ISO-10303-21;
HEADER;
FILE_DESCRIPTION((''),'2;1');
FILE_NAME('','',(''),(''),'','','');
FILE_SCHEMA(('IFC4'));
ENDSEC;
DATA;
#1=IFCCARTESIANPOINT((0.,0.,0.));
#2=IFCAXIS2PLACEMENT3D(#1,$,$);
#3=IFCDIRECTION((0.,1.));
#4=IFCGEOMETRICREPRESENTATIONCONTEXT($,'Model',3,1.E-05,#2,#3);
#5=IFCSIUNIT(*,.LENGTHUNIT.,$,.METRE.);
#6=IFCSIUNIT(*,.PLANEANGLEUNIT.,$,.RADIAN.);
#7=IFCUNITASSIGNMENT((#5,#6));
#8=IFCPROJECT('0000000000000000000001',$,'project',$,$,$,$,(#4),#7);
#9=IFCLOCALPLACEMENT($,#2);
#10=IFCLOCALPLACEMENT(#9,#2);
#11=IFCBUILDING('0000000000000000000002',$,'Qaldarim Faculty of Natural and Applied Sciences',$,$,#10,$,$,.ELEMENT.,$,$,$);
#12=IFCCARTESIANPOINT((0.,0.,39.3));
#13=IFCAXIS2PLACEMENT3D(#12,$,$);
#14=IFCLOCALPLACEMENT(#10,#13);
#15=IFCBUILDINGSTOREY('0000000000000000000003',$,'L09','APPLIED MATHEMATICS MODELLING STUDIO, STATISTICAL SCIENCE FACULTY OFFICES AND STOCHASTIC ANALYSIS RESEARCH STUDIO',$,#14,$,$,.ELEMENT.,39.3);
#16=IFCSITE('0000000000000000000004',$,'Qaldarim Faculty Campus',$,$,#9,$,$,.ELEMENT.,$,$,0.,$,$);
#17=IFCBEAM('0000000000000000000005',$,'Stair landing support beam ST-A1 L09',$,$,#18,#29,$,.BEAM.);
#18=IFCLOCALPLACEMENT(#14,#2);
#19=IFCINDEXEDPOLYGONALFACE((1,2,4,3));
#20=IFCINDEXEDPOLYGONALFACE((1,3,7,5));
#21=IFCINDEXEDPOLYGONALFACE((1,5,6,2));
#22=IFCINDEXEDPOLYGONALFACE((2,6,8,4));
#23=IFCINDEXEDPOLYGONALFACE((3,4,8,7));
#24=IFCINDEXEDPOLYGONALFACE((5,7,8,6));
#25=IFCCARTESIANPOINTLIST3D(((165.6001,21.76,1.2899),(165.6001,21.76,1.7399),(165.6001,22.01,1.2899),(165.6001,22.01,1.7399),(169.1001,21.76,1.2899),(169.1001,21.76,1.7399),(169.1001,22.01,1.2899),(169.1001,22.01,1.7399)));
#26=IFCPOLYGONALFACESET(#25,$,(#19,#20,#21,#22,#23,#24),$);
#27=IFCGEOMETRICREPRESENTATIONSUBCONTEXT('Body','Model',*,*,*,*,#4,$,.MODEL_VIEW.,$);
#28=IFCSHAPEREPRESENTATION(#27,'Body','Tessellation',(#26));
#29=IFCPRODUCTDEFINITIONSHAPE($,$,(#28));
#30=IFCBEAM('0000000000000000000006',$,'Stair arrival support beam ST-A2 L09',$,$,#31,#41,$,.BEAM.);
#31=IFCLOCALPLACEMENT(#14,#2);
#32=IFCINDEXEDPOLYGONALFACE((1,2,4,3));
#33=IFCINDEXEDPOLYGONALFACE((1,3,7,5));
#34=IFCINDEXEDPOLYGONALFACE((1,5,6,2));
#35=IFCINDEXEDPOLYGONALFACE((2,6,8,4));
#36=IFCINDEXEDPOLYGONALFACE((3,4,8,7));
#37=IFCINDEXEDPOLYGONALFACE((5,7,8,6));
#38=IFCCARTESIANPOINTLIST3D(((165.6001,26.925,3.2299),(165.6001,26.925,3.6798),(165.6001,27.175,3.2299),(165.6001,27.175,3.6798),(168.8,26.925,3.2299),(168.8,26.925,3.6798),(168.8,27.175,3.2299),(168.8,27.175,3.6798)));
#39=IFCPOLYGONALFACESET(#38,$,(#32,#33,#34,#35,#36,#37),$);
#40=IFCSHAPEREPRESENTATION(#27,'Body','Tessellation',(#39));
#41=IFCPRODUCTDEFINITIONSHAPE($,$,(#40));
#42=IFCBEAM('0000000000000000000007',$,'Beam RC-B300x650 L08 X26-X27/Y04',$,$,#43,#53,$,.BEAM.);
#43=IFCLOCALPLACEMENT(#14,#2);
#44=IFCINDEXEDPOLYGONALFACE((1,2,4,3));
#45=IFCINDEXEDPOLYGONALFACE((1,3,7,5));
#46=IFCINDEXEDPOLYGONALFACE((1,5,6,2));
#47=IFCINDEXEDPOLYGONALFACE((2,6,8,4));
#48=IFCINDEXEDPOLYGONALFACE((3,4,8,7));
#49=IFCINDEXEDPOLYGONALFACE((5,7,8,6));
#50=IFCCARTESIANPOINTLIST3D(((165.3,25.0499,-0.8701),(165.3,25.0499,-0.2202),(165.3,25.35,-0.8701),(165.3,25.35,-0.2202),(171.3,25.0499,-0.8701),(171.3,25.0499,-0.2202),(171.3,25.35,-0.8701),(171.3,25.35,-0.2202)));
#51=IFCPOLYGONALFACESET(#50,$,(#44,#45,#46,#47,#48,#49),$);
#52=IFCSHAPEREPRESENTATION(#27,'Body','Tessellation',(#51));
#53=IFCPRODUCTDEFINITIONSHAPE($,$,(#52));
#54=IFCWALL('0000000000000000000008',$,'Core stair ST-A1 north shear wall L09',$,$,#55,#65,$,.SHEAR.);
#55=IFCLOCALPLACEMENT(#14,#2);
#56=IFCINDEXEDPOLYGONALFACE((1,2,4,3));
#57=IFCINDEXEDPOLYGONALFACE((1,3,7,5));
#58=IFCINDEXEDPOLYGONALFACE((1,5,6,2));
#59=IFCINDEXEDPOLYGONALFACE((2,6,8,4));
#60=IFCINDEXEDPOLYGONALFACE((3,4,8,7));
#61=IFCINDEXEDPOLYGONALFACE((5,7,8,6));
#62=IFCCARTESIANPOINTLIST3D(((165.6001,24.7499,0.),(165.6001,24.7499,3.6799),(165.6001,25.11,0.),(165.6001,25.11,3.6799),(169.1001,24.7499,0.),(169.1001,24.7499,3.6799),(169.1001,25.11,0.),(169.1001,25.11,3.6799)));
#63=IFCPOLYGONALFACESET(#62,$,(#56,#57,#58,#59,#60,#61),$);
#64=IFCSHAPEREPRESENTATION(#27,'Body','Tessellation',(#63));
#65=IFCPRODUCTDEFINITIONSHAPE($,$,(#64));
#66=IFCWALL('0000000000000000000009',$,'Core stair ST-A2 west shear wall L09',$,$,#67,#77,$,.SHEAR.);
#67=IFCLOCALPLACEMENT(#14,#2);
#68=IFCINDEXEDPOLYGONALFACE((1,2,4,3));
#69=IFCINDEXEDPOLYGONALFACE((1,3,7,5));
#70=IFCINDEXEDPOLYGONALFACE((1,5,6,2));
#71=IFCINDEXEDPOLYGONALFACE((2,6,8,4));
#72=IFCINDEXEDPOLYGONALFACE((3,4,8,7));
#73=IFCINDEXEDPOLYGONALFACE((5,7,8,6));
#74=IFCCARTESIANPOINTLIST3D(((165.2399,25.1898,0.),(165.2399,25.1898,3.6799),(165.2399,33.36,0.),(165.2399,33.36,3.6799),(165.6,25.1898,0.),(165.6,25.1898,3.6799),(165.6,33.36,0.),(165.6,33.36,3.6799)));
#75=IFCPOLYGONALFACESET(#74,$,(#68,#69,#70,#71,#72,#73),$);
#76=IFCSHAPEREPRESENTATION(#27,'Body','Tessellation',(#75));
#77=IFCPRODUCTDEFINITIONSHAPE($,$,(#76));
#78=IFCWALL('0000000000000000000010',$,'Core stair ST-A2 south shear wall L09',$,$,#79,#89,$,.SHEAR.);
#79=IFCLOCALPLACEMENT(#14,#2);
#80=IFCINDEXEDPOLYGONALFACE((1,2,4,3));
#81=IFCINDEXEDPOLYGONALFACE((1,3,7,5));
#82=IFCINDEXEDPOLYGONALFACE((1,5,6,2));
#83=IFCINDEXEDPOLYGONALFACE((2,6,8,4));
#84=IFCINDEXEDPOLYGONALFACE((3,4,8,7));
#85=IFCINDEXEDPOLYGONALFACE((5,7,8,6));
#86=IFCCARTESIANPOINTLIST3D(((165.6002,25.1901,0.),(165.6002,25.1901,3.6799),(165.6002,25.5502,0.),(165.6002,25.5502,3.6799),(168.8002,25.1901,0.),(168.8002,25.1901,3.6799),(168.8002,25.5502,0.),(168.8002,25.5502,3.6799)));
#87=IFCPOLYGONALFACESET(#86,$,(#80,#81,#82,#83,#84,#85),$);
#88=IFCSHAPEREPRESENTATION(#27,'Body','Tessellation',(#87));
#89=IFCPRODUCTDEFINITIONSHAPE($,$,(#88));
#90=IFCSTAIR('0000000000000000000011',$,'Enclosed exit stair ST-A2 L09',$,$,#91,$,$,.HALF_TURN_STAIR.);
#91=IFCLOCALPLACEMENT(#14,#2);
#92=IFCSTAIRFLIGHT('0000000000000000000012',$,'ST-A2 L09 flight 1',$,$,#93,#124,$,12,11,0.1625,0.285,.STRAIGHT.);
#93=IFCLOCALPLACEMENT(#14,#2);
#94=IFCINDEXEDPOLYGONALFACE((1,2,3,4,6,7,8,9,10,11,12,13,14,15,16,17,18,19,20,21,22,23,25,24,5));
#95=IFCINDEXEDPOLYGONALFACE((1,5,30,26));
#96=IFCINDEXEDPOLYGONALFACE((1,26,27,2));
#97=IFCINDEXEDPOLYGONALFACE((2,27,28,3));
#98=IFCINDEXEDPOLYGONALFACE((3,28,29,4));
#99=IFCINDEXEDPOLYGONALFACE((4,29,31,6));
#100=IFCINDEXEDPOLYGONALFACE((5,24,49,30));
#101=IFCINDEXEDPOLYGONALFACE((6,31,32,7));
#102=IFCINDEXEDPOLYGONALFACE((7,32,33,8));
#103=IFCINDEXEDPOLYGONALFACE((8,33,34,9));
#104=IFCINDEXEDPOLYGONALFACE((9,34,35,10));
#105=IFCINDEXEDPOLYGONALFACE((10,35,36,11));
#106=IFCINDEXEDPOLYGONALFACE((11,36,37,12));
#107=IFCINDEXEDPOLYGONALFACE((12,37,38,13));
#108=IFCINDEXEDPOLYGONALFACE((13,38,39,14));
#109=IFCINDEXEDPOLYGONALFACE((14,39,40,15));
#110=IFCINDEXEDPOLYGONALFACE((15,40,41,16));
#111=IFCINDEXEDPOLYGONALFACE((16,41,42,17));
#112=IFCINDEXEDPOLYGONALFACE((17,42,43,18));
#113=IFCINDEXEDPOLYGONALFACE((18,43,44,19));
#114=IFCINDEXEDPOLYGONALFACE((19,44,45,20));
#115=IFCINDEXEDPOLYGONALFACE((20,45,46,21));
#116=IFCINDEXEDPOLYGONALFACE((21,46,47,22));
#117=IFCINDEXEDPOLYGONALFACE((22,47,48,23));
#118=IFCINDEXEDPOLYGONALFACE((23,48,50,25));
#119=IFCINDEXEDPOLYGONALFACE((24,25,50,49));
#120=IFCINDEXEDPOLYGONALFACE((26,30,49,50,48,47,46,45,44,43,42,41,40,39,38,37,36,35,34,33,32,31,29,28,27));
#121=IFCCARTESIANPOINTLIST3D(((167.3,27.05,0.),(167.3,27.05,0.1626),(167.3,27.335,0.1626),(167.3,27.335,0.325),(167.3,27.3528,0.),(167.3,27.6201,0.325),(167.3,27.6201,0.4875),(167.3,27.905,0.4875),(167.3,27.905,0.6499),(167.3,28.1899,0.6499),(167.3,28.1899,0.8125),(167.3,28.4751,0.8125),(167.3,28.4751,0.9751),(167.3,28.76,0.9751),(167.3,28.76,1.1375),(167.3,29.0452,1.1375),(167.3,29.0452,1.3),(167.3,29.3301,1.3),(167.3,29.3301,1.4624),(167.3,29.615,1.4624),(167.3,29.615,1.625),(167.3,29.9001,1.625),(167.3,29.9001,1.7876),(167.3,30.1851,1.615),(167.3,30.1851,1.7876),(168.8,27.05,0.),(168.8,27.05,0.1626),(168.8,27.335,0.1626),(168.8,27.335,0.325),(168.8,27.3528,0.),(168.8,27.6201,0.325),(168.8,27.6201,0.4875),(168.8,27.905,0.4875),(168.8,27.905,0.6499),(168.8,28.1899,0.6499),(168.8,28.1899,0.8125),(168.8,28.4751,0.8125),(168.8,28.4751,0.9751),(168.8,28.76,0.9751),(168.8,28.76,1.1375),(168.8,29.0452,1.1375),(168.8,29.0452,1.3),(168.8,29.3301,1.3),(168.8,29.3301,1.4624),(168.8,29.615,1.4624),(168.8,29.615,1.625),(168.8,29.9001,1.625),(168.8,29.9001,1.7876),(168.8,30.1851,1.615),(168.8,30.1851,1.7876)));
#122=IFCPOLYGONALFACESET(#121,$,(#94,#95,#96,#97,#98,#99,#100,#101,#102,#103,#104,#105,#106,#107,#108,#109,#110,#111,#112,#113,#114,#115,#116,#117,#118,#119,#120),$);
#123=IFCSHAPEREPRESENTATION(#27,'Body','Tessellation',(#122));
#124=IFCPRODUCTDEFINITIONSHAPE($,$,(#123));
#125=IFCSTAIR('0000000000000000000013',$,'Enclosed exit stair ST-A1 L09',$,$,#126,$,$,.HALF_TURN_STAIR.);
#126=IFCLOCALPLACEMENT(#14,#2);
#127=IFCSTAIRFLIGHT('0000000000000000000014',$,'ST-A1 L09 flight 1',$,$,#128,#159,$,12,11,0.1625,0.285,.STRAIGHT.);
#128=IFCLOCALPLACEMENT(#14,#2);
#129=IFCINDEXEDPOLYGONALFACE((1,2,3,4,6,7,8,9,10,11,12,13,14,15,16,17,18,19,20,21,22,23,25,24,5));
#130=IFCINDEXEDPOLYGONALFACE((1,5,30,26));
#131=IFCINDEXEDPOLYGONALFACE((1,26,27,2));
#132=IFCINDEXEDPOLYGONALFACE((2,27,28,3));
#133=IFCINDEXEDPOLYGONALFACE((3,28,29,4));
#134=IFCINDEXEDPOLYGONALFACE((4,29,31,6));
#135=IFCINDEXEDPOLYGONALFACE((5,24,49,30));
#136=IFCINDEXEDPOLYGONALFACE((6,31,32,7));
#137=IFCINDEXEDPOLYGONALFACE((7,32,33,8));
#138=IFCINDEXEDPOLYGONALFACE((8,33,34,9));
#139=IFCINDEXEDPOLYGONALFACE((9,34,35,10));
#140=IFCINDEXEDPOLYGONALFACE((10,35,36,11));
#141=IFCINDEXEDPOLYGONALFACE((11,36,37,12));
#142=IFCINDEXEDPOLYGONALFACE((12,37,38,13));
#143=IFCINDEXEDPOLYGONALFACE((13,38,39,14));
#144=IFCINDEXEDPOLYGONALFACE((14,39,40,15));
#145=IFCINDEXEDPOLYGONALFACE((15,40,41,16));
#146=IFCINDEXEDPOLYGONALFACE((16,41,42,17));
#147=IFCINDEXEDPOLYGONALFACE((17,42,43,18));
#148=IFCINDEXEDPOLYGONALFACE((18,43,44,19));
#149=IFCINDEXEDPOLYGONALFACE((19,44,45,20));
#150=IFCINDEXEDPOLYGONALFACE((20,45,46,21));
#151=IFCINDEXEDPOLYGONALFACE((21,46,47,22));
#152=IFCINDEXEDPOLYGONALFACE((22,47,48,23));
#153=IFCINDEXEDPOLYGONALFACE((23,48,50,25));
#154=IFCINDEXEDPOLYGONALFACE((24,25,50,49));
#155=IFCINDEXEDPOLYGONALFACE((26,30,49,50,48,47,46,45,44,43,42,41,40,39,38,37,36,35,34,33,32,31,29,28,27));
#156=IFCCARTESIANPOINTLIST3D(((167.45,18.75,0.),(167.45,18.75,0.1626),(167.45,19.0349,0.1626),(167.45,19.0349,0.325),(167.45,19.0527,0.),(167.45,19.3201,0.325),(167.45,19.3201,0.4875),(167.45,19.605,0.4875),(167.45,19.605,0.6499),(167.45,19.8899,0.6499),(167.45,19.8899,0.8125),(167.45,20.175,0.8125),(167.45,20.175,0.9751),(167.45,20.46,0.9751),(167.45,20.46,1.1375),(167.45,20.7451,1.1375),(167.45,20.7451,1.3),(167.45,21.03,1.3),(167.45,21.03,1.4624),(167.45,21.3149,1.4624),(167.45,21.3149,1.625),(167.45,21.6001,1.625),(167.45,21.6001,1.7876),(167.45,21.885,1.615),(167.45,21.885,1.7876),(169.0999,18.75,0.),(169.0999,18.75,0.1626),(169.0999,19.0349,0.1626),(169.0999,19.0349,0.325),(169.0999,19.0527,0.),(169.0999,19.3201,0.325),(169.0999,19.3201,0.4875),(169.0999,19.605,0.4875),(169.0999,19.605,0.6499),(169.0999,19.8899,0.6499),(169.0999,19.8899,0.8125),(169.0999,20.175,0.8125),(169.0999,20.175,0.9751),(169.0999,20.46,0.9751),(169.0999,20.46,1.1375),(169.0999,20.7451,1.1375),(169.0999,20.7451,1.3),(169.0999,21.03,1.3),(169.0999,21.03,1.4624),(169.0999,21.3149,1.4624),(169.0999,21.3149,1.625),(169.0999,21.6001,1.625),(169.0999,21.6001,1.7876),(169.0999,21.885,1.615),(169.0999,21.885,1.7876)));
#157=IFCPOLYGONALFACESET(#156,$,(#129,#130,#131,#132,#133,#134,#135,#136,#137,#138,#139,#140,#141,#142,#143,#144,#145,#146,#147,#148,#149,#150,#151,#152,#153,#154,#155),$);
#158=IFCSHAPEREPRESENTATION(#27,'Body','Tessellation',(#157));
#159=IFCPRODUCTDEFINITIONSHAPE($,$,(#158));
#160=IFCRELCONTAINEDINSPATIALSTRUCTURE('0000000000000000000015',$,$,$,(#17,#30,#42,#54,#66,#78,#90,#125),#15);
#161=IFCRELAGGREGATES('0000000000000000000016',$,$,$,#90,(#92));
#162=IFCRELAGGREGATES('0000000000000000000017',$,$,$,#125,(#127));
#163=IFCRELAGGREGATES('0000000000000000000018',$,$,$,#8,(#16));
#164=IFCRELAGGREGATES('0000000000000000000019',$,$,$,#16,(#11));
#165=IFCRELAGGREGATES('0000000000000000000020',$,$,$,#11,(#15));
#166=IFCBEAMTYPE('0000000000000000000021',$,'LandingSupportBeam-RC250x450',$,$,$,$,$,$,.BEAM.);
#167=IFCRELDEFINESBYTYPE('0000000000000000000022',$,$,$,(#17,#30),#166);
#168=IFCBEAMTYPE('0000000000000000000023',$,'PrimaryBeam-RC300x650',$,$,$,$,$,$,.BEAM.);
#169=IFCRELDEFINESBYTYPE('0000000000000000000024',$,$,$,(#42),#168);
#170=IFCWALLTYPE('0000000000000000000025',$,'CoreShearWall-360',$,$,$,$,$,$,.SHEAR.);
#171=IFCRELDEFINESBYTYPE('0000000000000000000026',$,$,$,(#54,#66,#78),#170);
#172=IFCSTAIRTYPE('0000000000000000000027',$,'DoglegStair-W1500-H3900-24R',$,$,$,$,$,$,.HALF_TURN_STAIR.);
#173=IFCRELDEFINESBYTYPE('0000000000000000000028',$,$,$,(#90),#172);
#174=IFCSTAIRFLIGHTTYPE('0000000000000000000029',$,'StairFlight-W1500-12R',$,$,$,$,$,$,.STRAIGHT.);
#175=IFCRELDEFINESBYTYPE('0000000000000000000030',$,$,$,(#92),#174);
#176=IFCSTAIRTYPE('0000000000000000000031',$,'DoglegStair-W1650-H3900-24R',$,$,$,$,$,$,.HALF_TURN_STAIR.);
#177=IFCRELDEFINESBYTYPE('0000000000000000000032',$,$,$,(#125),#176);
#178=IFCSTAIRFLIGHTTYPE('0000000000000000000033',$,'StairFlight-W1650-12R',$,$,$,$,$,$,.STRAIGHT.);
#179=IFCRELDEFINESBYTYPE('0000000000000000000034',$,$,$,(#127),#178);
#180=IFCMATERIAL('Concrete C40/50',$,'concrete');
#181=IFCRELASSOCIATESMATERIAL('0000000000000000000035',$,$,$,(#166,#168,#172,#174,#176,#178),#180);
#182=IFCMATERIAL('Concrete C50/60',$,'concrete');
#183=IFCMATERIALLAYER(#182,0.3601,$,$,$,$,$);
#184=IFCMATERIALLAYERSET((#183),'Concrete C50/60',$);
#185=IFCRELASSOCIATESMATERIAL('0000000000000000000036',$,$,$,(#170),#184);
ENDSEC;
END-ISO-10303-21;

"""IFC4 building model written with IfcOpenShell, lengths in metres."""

from ifc_helpers import new_model, si_unit, direction, frame, frame_2d, origin, origin_2d, place, context, subcontext, project, spatial, polyline, rectangle, outline, extrude, material, layer, layer_set, material_profile, profile_set, type_object, element, aggregate, save


model = new_model("IFC4")

# Units and contexts
model_context = context("Model", 3, precision=1e-05, world=origin(), true_north=direction((0.0, 1.0)))
body_context = subcontext(model_context, "Body", "Model", "MODEL_VIEW")
ifc_project = project(units=[si_unit("LENGTHUNIT", "METRE"), si_unit("PLANEANGLEUNIT", "RADIAN")], contexts=[model_context])

# Site, building, storey
site_placement = place(None, origin())
site = spatial("IfcSite", under=ifc_project, at=site_placement, Name="Qaldarim Faculty Campus", CompositionType="ELEMENT", RefElevation=0.0)
building_placement = place(site_placement, origin())
building = spatial("IfcBuilding", under=site, at=building_placement, Name="Qaldarim Faculty of Natural and Applied Sciences", CompositionType="ELEMENT")
storey_placement = place(building_placement, frame((0.0, 0.0, 39.3)))
storey = spatial("IfcBuildingStorey", under=building, at=storey_placement, Name="L09", Description="APPLIED MATHEMATICS MODELLING STUDIO, STATISTICAL SCIENCE FACULTY OFFICES AND STOCHASTIC ANALYSIS RESEARCH STUDIO", CompositionType="ELEMENT", Elevation=39.3)

# Beams
ifc_material_1 = material(Name="Concrete C40/50", Category="concrete")
ifc_material_profile_1 = material_profile(ifc_material_1, rectangle(XDim=0.25, YDim=0.45, at=origin_2d()), Name="RC-LN250x450")
ifc_profile_set_1 = profile_set([ifc_material_profile_1], Name="Concrete C40/50")
beam_type_1 = type_object("IfcBeamType", Name="LandingSupportBeam-RC250x450", PredefinedType="BEAM", material=ifc_profile_set_1)
beam_1_placement = place(storey_placement, frame((165.6001, 21.885, 1.5149), z_axis=(1.0, 0.0, 0.0), x_axis=(0.0, 1.0, 0.0)))
element("IfcBeam", 1, at=beam_1_placement, inside=storey, type_object=beam_type_1, Name="Stair landing support beam ST-A1 L09", PredefinedType="BEAM", context=body_context, shape_type="SweptSolid", body=[
    extrude(rectangle(XDim=0.25, YDim=0.45, at=origin_2d()), origin(), (0.0, 0.0, 1.0), 3.5),
])
beam_2_placement = place(storey_placement, frame((165.6001, 27.05, 3.4548), z_axis=(1.0, 0.0, 0.0), x_axis=(0.0, 1.0, 0.0)))
element("IfcBeam", 2, at=beam_2_placement, inside=storey, type_object=beam_type_1, Name="Stair arrival support beam ST-A2 L09", PredefinedType="BEAM", context=body_context, shape_type="SweptSolid", body=[
    extrude(rectangle(XDim=0.25, YDim=0.45, at=origin_2d()), origin(), (0.0, 0.0, 1.0), 3.2),
])
ifc_material_profile_2 = material_profile(ifc_material_1, rectangle(XDim=0.3, YDim=0.6499, at=origin_2d()), Name="RC-B300x650")
ifc_profile_set_2 = profile_set([ifc_material_profile_2], Name="Concrete C40/50")
beam_type_2 = type_object("IfcBeamType", Name="PrimaryBeam-RC300x650", PredefinedType="BEAM", material=ifc_profile_set_2)
beam_3_placement = place(storey_placement, frame((165.3, 25.2, -0.5452), z_axis=(1.0, 0.0, 0.0), x_axis=(0.0, 1.0, 0.0)))
element("IfcBeam", 3, at=beam_3_placement, inside=storey, type_object=beam_type_2, Name="Beam RC-B300x650 L08 X26-X27/Y04", PredefinedType="BEAM", context=body_context, shape_type="SweptSolid", body=[
    extrude(rectangle(XDim=0.3, YDim=0.6499, at=origin_2d()), origin(), (0.0, 0.0, 1.0), 6.0),
])

# Walls
ifc_material_2 = material(Name="Concrete C50/60", Category="concrete")
ifc_layer_1 = layer(ifc_material_2, 0.3601)
ifc_layer_set_1 = layer_set([ifc_layer_1], Name="Concrete C50/60")
wall_type_1 = type_object("IfcWallType", Name="CoreShearWall-360", PredefinedType="SHEAR", material=ifc_layer_set_1)
wall_1_placement = place(storey_placement, frame((165.6001, 24.9299, 0.0), z_axis=(0.0, 0.0, 1.0), x_axis=(1.0, 0.0, 0.0)))
element("IfcWall", 4, at=wall_1_placement, inside=storey, type_object=wall_type_1, Name="Core stair ST-A1 north shear wall L09", PredefinedType="SHEAR", context=body_context, shape_type="SweptSolid", body=[
    extrude(rectangle(XDim=3.5, YDim=0.3601, at=frame_2d((1.75, 0.0))), origin(), (0.0, 0.0, 1.0), 3.6799),
])
wall_2_placement = place(storey_placement, frame((165.4199, 25.1899, 0.0), z_axis=(0.0, 0.0, 1.0), x_axis=(0.0, 1.0, 0.0)))
element("IfcWall", 5, at=wall_2_placement, inside=storey, type_object=wall_type_1, Name="Core stair ST-A2 west shear wall L09", PredefinedType="SHEAR", context=body_context, shape_type="SweptSolid", body=[
    extrude(rectangle(XDim=8.1702, YDim=0.3601, at=frame_2d((4.085, 0.0))), origin(), (0.0, 0.0, 1.0), 3.6799),
])

# Wall
wall_3_placement = place(storey_placement, frame((165.6001, 25.3701, 0.0), z_axis=(0.0, 0.0, 1.0), x_axis=(1.0, 0.0, 0.0)))
element("IfcWall", 6, at=wall_3_placement, inside=storey, type_object=wall_type_1, Name="Core stair ST-A2 south shear wall L09", PredefinedType="SHEAR", context=body_context, shape_type="SweptSolid", body=[
    extrude(rectangle(XDim=3.2, YDim=0.3601, at=frame_2d((1.6001, 0.0))), origin(), (0.0, 0.0, 1.0), 3.6799),
])

# Stair, stair flight
stair_type_1 = type_object("IfcStairType", Name="DoglegStair-W1500-H3900-24R", PredefinedType="HALF_TURN_STAIR", material=ifc_material_1)
stair_1_placement = place(storey_placement, origin())
stair_1 = element("IfcStair", 7, at=stair_1_placement, inside=storey, type_object=stair_type_1, Name="Enclosed exit stair ST-A2 L09", PredefinedType="HALF_TURN_STAIR")
stair_flight_type_1 = type_object("IfcStairFlightType", Name="StairFlight-W1500-12R", PredefinedType="STRAIGHT", material=ifc_material_1)
stair_flight_1_placement = place(storey_placement, frame((168.05, 27.05, 0.0), z_axis=(0.0, 0.0, 1.0), x_axis=(0.0, 1.0, 0.0)))
stair_flight_1 = element("IfcStairFlight", 8, at=stair_flight_1_placement, type_object=stair_flight_type_1, Name="ST-A2 L09 flight 1", NumberOfRisers=12, NumberOfTreads=11, PredefinedType="STRAIGHT", RiserHeight=0.1625, TreadLength=0.285, context=body_context, shape_type="SweptSolid", body=[
    extrude(outline(polyline([(0.0, 0.0), (0.0, 0.1626), (0.2849, 0.1626), (0.2849, 0.325), (0.5701, 0.325), (0.5701, 0.4875), (0.855, 0.4875), (0.855, 0.6499), (1.1399, 0.6499), (1.1399, 0.8125), (1.425, 0.8125), (1.425, 0.9751), (1.71, 0.9751), (1.71, 1.1375), (1.9951, 1.1375), (1.9951, 1.3), (2.28, 1.3), (2.28, 1.4624), (2.5649, 1.4624), (2.5649, 1.625), (2.8501, 1.625), (2.8501, 1.7876), (3.135, 1.7876), (3.135, 1.95), (3.135, 1.615), (0.3027, 0.0), (0.0, 0.0)])), frame((0.0, 0.75, 0.0), z_axis=(0.0, -1.0, 0.0), x_axis=(1.0, 0.0, 0.0)), (0.0, 0.0, 1.0), 1.5),
])
aggregate(stair_1, [stair_flight_1])

# Stair, stair flight
stair_type_2 = type_object("IfcStairType", Name="DoglegStair-W1650-H3900-24R", PredefinedType="HALF_TURN_STAIR", material=ifc_material_1)
stair_2_placement = place(storey_placement, origin())
stair_2 = element("IfcStair", 9, at=stair_2_placement, inside=storey, type_object=stair_type_2, Name="Enclosed exit stair ST-A1 L09", PredefinedType="HALF_TURN_STAIR")
stair_flight_type_2 = type_object("IfcStairFlightType", Name="StairFlight-W1650-12R", PredefinedType="STRAIGHT", material=ifc_material_1)
stair_flight_2_placement = place(storey_placement, frame((168.2749, 18.75, 0.0), z_axis=(0.0, 0.0, 1.0), x_axis=(0.0, 1.0, 0.0)))
stair_flight_2 = element("IfcStairFlight", 10, at=stair_flight_2_placement, type_object=stair_flight_type_2, Name="ST-A1 L09 flight 1", NumberOfRisers=12, NumberOfTreads=11, PredefinedType="STRAIGHT", RiserHeight=0.1625, TreadLength=0.285, context=body_context, shape_type="SweptSolid", body=[
    extrude(outline(polyline([(0.0, 0.0), (0.0, 0.1626), (0.2849, 0.1626), (0.2849, 0.325), (0.5701, 0.325), (0.5701, 0.4875), (0.855, 0.4875), (0.855, 0.6499), (1.1399, 0.6499), (1.1399, 0.8125), (1.425, 0.8125), (1.425, 0.9751), (1.71, 0.9751), (1.71, 1.1375), (1.9951, 1.1375), (1.9951, 1.3), (2.28, 1.3), (2.28, 1.4624), (2.5649, 1.4624), (2.5649, 1.625), (2.8501, 1.625), (2.8501, 1.7876), (3.135, 1.7876), (3.135, 1.95), (3.135, 1.615), (0.3027, 0.0), (0.0, 0.0)])), frame((0.0, 0.825, 0.0), z_axis=(0.0, -1.0, 0.0), x_axis=(1.0, 0.0, 0.0)), (0.0, 0.0, 1.0), 1.6499),
])
aggregate(stair_2, [stair_flight_2])

save(model, "model.ifc")
